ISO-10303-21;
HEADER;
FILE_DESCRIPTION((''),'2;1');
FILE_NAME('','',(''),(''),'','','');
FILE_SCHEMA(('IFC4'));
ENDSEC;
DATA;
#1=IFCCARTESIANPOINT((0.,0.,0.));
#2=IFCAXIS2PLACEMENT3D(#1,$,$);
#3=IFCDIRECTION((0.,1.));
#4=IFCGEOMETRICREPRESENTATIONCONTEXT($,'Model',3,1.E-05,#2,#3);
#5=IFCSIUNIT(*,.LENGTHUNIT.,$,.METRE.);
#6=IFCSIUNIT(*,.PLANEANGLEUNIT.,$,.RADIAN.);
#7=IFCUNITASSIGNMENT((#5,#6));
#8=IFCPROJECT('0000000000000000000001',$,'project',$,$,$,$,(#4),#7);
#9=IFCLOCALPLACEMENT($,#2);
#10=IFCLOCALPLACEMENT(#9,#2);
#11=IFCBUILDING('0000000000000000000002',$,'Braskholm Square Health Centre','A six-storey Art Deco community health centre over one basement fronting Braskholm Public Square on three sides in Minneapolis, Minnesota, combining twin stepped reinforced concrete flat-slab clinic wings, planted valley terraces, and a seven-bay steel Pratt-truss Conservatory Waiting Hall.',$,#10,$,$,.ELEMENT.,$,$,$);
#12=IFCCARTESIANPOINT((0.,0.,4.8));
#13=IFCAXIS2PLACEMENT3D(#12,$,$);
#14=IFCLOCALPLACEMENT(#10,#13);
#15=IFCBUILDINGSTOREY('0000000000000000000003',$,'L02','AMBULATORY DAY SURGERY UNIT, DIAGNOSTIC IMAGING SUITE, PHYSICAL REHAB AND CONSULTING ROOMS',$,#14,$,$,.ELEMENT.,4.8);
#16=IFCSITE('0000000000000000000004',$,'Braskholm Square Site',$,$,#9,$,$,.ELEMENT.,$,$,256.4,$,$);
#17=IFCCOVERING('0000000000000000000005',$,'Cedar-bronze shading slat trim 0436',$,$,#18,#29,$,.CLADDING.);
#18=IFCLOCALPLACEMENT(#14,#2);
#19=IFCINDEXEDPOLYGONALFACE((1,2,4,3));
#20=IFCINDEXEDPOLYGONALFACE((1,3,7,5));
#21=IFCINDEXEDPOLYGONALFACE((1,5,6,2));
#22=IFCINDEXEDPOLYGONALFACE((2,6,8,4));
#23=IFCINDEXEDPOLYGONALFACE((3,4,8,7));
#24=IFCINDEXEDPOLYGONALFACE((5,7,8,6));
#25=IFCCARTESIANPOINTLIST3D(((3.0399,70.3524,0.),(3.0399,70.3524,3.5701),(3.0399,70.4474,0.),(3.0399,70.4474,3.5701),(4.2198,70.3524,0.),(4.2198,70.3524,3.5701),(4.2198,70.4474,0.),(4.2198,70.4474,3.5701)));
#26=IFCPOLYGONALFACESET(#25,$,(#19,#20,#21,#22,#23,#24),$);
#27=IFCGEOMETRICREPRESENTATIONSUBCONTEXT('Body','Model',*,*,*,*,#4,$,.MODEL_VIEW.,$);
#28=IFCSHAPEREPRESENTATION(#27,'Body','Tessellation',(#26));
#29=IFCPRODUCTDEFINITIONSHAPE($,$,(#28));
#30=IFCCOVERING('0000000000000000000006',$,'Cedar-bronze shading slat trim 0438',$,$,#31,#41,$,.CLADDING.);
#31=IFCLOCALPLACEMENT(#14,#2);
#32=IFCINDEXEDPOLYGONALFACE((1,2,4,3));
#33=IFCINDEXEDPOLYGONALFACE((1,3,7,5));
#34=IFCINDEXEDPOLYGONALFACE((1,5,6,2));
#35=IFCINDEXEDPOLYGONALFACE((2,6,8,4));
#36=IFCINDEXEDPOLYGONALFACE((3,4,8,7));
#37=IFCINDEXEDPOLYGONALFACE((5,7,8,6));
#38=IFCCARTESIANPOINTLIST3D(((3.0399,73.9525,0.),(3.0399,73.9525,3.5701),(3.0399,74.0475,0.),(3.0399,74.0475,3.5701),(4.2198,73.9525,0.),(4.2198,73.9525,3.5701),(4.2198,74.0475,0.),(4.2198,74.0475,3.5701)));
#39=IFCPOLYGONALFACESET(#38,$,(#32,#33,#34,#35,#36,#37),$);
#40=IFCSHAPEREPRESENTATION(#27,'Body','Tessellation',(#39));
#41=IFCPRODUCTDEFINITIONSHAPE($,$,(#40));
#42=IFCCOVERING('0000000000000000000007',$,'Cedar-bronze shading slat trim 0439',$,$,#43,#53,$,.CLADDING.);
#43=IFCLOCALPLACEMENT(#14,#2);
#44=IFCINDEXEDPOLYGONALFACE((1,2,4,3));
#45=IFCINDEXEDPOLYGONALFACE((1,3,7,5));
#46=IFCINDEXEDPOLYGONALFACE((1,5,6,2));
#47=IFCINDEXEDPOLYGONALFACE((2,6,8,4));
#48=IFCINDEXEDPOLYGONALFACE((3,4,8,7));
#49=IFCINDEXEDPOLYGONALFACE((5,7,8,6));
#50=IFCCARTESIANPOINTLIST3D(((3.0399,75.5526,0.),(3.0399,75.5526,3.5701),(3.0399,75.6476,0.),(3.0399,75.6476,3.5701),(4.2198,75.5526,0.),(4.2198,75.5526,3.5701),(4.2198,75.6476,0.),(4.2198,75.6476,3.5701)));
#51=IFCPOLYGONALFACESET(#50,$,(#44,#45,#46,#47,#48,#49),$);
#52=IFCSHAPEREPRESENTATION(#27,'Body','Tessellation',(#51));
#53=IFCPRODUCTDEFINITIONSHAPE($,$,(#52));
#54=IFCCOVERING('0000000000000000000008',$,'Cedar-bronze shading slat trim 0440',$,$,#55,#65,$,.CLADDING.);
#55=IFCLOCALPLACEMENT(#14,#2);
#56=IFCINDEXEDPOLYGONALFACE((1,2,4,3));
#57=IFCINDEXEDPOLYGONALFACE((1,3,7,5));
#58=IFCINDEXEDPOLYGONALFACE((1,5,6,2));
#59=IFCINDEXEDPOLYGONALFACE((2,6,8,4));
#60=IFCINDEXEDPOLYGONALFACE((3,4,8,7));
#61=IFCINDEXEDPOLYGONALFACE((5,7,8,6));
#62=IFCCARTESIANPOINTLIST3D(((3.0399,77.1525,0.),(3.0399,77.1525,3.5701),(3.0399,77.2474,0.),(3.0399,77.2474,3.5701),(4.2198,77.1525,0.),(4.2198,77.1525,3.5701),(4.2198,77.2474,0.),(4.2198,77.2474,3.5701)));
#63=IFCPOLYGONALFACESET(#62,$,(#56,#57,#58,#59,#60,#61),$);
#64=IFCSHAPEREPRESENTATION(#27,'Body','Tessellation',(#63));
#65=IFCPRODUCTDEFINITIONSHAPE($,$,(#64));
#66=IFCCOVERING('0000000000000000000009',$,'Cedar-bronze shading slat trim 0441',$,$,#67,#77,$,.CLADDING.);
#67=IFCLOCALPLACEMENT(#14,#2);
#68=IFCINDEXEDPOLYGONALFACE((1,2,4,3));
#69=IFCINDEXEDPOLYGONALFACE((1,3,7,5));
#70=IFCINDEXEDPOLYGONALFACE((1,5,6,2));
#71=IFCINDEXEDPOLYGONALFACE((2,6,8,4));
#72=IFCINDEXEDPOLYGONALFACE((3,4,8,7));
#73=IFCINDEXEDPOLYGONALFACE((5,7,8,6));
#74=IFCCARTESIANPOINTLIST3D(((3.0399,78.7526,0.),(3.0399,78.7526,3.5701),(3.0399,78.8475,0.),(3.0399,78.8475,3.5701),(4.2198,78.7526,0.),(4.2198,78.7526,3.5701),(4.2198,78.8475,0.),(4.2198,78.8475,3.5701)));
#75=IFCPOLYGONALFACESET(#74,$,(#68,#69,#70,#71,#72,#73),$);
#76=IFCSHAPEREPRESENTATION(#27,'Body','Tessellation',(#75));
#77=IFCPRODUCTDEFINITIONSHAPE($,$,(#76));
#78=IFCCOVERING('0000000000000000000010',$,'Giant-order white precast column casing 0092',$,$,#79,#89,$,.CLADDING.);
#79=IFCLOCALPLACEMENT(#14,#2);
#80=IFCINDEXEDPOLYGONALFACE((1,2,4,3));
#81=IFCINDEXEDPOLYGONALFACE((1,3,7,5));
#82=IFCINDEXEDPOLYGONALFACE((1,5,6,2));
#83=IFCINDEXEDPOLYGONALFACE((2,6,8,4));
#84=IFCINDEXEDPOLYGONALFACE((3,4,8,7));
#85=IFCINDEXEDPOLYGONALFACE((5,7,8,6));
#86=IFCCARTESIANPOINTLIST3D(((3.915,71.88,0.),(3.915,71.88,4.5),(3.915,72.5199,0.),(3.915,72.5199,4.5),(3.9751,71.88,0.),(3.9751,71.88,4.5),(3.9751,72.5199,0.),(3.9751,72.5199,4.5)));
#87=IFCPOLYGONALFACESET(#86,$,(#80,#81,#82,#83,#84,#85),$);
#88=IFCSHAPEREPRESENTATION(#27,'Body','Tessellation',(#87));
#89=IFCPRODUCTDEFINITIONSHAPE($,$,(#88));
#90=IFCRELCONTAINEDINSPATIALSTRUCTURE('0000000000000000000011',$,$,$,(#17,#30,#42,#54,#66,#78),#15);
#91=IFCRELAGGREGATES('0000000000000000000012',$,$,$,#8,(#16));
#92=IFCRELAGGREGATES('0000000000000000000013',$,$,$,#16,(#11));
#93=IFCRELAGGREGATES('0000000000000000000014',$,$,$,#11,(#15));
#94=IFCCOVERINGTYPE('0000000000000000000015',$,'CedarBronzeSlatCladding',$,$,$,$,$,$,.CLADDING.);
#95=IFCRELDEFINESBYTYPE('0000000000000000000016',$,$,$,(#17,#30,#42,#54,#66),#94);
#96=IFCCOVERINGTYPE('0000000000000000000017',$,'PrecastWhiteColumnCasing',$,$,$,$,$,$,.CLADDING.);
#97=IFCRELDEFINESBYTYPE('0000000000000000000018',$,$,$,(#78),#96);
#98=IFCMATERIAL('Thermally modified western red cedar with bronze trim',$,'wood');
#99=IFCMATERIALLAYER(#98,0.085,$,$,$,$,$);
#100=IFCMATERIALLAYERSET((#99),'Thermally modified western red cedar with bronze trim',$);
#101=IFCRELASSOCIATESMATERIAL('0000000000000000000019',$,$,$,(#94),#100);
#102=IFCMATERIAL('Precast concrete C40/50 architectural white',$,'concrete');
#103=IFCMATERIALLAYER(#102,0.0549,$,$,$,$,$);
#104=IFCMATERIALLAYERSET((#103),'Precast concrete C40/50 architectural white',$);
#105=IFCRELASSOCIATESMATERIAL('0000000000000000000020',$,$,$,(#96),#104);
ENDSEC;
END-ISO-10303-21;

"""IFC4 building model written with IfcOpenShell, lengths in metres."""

from ifc_helpers import new_model, si_unit, direction, frame, origin, origin_2d, place, context, subcontext, project, spatial, rectangle, extrude, material, layer, layer_set, type_object, element, save


model = new_model("IFC4")

# Units and contexts
model_context = context("Model", 3, precision=1e-05, world=origin(), true_north=direction((0.0, 1.0)))
body_context = subcontext(model_context, "Body", "Model", "MODEL_VIEW")
ifc_project = project(units=[si_unit("LENGTHUNIT", "METRE"), si_unit("PLANEANGLEUNIT", "RADIAN")], contexts=[model_context])

# Site, building, storey
site_placement = place(None, origin())
site = spatial("IfcSite", under=ifc_project, at=site_placement, Name="Braskholm Square Site", CompositionType="ELEMENT", RefElevation=256.4)
building_placement = place(site_placement, origin())
building = spatial("IfcBuilding", under=site, at=building_placement, Name="Braskholm Square Health Centre", Description="A six-storey Art Deco community health centre over one basement fronting Braskholm Public Square on three sides in Minneapolis, Minnesota, combining twin stepped reinforced concrete flat-slab clinic wings, planted valley terraces, and a seven-bay steel Pratt-truss Conservatory Waiting Hall.", CompositionType="ELEMENT")
storey_placement = place(building_placement, frame((0.0, 0.0, 4.8)))
storey = spatial("IfcBuildingStorey", under=building, at=storey_placement, Name="L02", Description="AMBULATORY DAY SURGERY UNIT, DIAGNOSTIC IMAGING SUITE, PHYSICAL REHAB AND CONSULTING ROOMS", CompositionType="ELEMENT", Elevation=4.8)

# Shared definitions
ifc_material_1 = material(Name="Precast concrete C40/50 architectural white", Category="concrete")

# Shared definitions
ifc_material_2 = material(Name="Thermally modified western red cedar with bronze trim", Category="wood")

# Coverings
ifc_layer_1 = layer(ifc_material_2, 0.085)
ifc_layer_set_1 = layer_set([ifc_layer_1], Name="Thermally modified western red cedar with bronze trim")
covering_type_1 = type_object("IfcCoveringType", Name="CedarBronzeSlatCladding", PredefinedType="CLADDING", material=ifc_layer_set_1)
for number, where, z_axis, x_axis, name in (
    (1, (3.6299, 70.3999, 0.0), (0.0, 0.0, 1.0), (1.0, 0.0, 0.0), "Cedar-bronze shading slat trim 0436"),
    (2, (3.6299, 74.0, 0.0), (0.0, 0.0, 1.0), (1.0, 0.0, 0.0), "Cedar-bronze shading slat trim 0438"),
    (3, (3.6299, 75.6001, 0.0), (0.0, 0.0, 1.0), (1.0, 0.0, 0.0), "Cedar-bronze shading slat trim 0439"),
    (4, (3.6299, 77.2, 0.0), (0.0, 0.0, 1.0), (1.0, 0.0, 0.0), "Cedar-bronze shading slat trim 0440"),
    (5, (3.6299, 78.8, 0.0), (0.0, 0.0, 1.0), (1.0, 0.0, 0.0), "Cedar-bronze shading slat trim 0441"),
):
    element("IfcCovering", number, at=place(storey_placement, frame(where, z_axis=z_axis, x_axis=x_axis)), inside=storey, type_object=covering_type_1, Name=name, PredefinedType="CLADDING", context=body_context, shape_type="SweptSolid", body=[
        extrude(rectangle(XDim=1.1799, YDim=0.095, at=origin_2d()), origin(), (0.0, 0.0, 1.0), 3.5701),
    ])
ifc_layer_2 = layer(ifc_material_1, 0.0549)
ifc_layer_set_2 = layer_set([ifc_layer_2], Name="Precast concrete C40/50 architectural white")
covering_type_2 = type_object("IfcCoveringType", Name="PrecastWhiteColumnCasing", PredefinedType="CLADDING", material=ifc_layer_set_2)
covering_placement = place(storey_placement, frame((3.9451, 72.2, 0.0), z_axis=(0.0, 0.0, 1.0), x_axis=(1.0, 0.0, 0.0)))
element("IfcCovering", 6, at=covering_placement, inside=storey, type_object=covering_type_2, Name="Giant-order white precast column casing 0092", PredefinedType="CLADDING", context=body_context, shape_type="SweptSolid", body=[
    extrude(rectangle(XDim=0.0601, YDim=0.6399, at=origin_2d()), origin(), (0.0, 0.0, 1.0), 4.5),
])

save(model, "model.ifc")
